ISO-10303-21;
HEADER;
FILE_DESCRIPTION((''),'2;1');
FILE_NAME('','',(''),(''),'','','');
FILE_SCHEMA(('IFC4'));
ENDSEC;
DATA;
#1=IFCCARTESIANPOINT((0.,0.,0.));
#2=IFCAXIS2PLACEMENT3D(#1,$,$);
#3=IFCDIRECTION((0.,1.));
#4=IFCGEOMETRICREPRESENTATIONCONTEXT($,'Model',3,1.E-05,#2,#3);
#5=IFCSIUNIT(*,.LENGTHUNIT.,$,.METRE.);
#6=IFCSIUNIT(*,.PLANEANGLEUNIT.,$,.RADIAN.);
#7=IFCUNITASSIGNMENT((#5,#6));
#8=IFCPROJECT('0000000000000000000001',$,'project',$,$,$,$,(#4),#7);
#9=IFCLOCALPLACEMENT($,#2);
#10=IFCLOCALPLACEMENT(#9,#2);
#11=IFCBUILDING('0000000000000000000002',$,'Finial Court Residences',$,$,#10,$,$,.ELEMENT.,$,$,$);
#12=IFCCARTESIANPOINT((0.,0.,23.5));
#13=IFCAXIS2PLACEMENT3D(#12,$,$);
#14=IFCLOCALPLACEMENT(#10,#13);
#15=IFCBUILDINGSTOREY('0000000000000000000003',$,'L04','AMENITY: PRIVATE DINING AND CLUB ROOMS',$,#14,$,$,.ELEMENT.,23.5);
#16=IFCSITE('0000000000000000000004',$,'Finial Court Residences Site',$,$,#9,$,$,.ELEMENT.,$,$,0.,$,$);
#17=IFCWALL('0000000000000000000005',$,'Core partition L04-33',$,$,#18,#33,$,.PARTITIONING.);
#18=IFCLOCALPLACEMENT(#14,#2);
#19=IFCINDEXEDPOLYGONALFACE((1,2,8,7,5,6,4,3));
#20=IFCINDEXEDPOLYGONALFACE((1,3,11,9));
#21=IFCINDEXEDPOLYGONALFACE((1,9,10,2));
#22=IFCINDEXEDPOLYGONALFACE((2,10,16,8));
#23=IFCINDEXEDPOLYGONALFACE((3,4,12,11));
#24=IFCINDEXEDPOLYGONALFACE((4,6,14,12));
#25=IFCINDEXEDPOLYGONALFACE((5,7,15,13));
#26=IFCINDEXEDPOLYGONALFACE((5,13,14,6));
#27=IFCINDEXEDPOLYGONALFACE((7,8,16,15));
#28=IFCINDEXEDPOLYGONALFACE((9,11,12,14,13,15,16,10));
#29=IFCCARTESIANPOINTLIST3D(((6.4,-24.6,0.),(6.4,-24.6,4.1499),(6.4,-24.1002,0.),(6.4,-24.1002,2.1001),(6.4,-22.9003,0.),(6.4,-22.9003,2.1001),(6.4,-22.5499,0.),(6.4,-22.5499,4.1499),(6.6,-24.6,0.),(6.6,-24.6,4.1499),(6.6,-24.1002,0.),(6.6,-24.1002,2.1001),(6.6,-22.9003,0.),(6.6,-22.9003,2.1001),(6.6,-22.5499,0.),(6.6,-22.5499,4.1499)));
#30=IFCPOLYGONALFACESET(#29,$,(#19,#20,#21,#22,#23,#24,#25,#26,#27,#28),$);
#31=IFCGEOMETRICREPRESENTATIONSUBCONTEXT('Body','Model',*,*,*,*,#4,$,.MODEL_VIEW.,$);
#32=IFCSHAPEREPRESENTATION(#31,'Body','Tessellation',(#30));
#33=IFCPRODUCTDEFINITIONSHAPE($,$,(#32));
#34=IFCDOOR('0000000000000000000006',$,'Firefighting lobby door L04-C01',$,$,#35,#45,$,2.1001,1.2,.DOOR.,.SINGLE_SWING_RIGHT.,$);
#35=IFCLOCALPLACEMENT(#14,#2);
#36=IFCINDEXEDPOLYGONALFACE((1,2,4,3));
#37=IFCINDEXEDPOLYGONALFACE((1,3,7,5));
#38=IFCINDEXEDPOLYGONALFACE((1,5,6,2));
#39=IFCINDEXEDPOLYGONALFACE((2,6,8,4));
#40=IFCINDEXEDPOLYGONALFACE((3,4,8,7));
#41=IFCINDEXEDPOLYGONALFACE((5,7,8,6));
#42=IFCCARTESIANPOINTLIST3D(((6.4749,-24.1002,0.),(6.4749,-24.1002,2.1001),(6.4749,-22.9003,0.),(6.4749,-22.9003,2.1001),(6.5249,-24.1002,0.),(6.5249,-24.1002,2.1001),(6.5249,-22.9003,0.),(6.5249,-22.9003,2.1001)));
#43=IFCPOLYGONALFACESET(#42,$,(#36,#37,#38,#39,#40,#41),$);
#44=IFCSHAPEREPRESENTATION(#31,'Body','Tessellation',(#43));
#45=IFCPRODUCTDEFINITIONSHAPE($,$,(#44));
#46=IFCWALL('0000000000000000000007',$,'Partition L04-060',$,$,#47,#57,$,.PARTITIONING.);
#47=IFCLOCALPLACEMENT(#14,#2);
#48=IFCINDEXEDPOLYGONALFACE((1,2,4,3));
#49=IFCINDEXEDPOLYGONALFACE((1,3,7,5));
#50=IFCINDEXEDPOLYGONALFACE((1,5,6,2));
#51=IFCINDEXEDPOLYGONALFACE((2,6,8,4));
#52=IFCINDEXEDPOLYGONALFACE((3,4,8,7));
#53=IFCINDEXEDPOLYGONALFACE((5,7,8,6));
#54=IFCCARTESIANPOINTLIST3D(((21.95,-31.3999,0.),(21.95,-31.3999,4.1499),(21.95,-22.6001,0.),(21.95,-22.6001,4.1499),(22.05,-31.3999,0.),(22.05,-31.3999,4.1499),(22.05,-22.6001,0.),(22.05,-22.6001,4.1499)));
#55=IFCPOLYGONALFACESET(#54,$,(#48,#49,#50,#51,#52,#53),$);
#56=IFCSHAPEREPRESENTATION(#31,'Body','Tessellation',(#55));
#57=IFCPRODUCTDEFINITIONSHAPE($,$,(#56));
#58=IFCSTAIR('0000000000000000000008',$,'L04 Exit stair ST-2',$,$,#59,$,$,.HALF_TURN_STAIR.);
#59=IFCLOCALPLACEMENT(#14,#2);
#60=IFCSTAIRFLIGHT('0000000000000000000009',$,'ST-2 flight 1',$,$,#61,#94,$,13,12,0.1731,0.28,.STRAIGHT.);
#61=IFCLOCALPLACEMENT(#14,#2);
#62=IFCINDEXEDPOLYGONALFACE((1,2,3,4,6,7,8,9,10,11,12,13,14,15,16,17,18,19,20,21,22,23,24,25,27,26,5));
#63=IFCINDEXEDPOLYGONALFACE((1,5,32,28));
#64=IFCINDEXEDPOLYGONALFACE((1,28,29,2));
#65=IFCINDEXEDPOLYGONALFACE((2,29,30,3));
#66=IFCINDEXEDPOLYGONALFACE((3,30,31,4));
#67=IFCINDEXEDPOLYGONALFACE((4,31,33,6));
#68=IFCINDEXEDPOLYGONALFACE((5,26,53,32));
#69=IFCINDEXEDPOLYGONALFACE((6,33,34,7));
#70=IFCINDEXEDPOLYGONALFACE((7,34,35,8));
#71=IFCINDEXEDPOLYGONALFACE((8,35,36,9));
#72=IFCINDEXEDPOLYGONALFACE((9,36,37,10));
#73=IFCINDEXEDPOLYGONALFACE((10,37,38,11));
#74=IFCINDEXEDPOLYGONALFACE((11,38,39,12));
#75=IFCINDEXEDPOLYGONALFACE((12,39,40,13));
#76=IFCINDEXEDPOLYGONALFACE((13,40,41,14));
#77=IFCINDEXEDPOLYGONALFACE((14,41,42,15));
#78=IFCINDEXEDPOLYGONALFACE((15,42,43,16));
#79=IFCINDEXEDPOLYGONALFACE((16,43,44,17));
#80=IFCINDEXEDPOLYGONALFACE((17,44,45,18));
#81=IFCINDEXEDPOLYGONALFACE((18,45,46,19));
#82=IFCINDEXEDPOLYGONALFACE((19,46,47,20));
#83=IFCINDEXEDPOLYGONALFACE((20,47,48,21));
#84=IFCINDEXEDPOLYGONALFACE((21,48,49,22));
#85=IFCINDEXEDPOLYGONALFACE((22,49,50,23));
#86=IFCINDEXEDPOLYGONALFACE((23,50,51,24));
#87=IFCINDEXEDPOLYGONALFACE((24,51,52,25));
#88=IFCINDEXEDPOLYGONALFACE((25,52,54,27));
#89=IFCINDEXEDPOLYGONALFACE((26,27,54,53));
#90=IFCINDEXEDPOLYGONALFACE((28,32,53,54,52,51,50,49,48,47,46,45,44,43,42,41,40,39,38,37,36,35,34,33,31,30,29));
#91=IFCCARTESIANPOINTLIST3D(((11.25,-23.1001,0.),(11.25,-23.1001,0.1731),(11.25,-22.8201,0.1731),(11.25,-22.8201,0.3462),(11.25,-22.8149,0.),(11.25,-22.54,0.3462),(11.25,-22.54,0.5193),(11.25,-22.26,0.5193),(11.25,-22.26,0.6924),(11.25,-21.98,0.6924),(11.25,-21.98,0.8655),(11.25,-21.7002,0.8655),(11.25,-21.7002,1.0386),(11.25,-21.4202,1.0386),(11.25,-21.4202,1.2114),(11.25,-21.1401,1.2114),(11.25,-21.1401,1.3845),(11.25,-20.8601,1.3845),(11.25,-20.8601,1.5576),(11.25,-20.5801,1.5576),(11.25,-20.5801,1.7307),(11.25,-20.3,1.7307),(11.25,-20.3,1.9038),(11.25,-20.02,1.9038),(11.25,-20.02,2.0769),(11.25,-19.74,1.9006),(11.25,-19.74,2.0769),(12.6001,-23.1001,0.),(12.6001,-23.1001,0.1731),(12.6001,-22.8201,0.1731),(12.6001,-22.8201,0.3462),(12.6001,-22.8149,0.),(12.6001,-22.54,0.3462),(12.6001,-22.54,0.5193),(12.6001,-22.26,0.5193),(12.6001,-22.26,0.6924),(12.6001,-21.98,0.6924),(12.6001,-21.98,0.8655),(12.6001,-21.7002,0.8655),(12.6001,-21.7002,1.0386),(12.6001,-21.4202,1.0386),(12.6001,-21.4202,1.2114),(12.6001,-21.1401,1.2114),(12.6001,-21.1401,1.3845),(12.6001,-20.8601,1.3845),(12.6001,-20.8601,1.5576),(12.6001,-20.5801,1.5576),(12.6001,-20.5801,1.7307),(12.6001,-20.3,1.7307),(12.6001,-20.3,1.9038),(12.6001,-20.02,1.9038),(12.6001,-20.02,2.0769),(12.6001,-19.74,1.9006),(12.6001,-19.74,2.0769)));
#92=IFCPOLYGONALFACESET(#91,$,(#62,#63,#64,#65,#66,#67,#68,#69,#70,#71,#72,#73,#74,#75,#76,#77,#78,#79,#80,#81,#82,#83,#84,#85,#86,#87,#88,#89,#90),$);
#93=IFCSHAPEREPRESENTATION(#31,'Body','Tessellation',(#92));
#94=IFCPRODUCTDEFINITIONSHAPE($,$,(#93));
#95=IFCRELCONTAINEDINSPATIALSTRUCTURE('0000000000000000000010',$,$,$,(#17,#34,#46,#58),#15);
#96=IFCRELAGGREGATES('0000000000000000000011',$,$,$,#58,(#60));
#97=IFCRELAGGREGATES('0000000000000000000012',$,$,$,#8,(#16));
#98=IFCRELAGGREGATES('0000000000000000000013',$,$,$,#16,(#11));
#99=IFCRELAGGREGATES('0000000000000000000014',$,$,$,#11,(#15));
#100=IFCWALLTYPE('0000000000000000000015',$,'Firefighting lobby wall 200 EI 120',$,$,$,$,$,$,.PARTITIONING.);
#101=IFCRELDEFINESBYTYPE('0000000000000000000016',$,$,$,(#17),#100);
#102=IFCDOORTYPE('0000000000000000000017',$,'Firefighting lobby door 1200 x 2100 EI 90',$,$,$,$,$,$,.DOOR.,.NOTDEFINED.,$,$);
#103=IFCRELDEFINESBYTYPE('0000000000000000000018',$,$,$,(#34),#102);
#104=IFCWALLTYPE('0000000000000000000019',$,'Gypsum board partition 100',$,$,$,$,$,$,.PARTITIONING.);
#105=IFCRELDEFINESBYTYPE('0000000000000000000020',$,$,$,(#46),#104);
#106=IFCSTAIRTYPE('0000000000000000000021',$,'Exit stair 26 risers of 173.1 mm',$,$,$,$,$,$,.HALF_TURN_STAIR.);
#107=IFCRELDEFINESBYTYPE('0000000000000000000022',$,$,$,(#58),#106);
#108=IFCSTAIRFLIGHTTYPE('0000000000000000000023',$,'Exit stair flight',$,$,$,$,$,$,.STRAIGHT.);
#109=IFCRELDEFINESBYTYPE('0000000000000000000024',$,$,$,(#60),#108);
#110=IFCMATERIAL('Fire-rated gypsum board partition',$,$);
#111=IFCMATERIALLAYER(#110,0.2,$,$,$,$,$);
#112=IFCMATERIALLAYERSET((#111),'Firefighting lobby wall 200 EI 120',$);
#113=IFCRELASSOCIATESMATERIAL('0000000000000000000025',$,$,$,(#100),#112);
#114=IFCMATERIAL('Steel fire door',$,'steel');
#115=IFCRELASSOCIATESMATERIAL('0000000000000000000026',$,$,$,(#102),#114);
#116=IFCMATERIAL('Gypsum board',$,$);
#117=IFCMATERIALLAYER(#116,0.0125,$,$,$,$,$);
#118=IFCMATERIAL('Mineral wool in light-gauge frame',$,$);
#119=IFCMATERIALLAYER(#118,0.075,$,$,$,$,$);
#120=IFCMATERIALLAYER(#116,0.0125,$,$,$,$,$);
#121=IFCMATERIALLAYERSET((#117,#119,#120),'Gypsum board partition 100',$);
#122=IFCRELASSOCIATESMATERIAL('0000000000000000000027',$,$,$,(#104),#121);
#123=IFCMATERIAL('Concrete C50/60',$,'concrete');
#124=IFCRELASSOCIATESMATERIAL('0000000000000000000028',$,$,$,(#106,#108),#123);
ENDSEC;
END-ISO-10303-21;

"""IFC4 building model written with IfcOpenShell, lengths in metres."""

from ifc_helpers import new_model, si_unit, direction, frame, frame_2d, origin, place, context, subcontext, project, spatial, polyline, rectangle, outline, extrude, material, layer, layer_set, type_object, element, fill, aggregate, save


model = new_model("IFC4")

# Units and contexts
model_context = context("Model", 3, precision=1e-05, world=origin(), true_north=direction((0.0, 1.0)))
body_context = subcontext(model_context, "Body", "Model", "MODEL_VIEW")
ifc_project = project(units=[si_unit("LENGTHUNIT", "METRE"), si_unit("PLANEANGLEUNIT", "RADIAN")], contexts=[model_context])

# Site, building, storey
site_placement = place(None, origin())
site = spatial("IfcSite", under=ifc_project, at=site_placement, Name="Finial Court Residences Site", CompositionType="ELEMENT", RefElevation=0.0)
building_placement = place(site_placement, origin())
building = spatial("IfcBuilding", under=site, at=building_placement, Name="Finial Court Residences", CompositionType="ELEMENT")
storey_placement = place(building_placement, frame((0.0, 0.0, 23.5)))
storey = spatial("IfcBuildingStorey", under=building, at=storey_placement, Name="L04", Description="AMENITY: PRIVATE DINING AND CLUB ROOMS", CompositionType="ELEMENT", Elevation=23.5)

# Shared definitions
ifc_material_1 = material(Name="Concrete C50/60", Category="concrete")

# Shared definitions
ifc_material_2 = material(Name="Steel fire door", Category="steel")

# Shared definitions
ifc_material_3 = material(Name="Gypsum board")

# Wall, opening, door
ifc_material_4 = material(Name="Fire-rated gypsum board partition")
ifc_layer_1 = layer(ifc_material_4, 0.2)
ifc_layer_set_1 = layer_set([ifc_layer_1], Name="Firefighting lobby wall 200 EI 120")
wall_type_1 = type_object("IfcWallType", Name="Firefighting lobby wall 200 EI 120", PredefinedType="PARTITIONING", material=ifc_layer_set_1)
wall_1_placement = place(storey_placement, frame((6.5, -22.55, 0.0), z_axis=(0.0, 0.0, 1.0), x_axis=(0.0, -1.0, 0.0)))
wall_1 = element("IfcWall", 1, at=wall_1_placement, inside=storey, type_object=wall_type_1, Name="Core partition L04-33", PredefinedType="PARTITIONING", context=body_context, shape_type="SweptSolid", body=[
    extrude(rectangle(XDim=2.05, YDim=0.2, at=frame_2d((1.0249, 0.0))), origin(), (0.0, 0.0, 1.0), 4.1499),
])
opening_1_placement = place(wall_1_placement, frame((0.3501, 0.0, 0.0)))
opening_1 = element("IfcOpeningElement", 2, at=opening_1_placement, cuts=wall_1, PredefinedType="OPENING", context=body_context, shape_type="SweptSolid", body=[
    extrude(rectangle(XDim=1.2, YDim=2.1001, at=frame_2d((0.6001, 1.05))), frame((0.0, 0.1099, 0.0), z_axis=(0.0, -1.0, 0.0), x_axis=(1.0, 0.0, 0.0)), (0.0, 0.0, 1.0), 0.22),
])
door_type_1 = type_object("IfcDoorType", Name="Firefighting lobby door 1200 x 2100 EI 90", OperationType="NOTDEFINED", PredefinedType="DOOR", material=ifc_material_2)
door_1_placement = place(opening_1_placement, origin())
door_1 = element("IfcDoor", 3, at=door_1_placement, inside=storey, type_object=door_type_1, Name="Firefighting lobby door L04-C01", OperationType="SINGLE_SWING_RIGHT", OverallHeight=2.1001, OverallWidth=1.2, PredefinedType="DOOR", context=body_context, shape_type="SweptSolid", body=[
    extrude(rectangle(XDim=1.2, YDim=2.1001, at=frame_2d((0.6001, 1.05))), frame((0.0, 0.0249, 0.0), z_axis=(0.0, -1.0, 0.0), x_axis=(1.0, 0.0, 0.0)), (0.0, 0.0, 1.0), 0.05),
])
fill(opening_1, door_1)

# Wall
ifc_layer_2 = layer(ifc_material_3, 0.0125)
ifc_material_5 = material(Name="Mineral wool in light-gauge frame")
ifc_layer_3 = layer(ifc_material_5, 0.075)
ifc_layer_4 = layer(ifc_material_3, 0.0125)
ifc_layer_set_2 = layer_set([ifc_layer_2, ifc_layer_3, ifc_layer_4], Name="Gypsum board partition 100")
wall_type_2 = type_object("IfcWallType", Name="Gypsum board partition 100", PredefinedType="PARTITIONING", material=ifc_layer_set_2)
wall_2_placement = place(storey_placement, frame((22.0, -31.3999, 0.0), z_axis=(0.0, 0.0, 1.0), x_axis=(0.0, 1.0, 0.0)))
element("IfcWall", 4, at=wall_2_placement, inside=storey, type_object=wall_type_2, Name="Partition L04-060", PredefinedType="PARTITIONING", context=body_context, shape_type="SweptSolid", body=[
    extrude(rectangle(XDim=8.7998, YDim=0.1001, at=frame_2d((4.3999, 0.0))), origin(), (0.0, 0.0, 1.0), 4.1499),
])

# Stair, stair flight
stair_type = type_object("IfcStairType", Name="Exit stair 26 risers of 173.1 mm", PredefinedType="HALF_TURN_STAIR", material=ifc_material_1)
stair_placement = place(storey_placement, origin())
stair = element("IfcStair", 5, at=stair_placement, inside=storey, type_object=stair_type, Name="L04 Exit stair ST-2", PredefinedType="HALF_TURN_STAIR")
stair_flight_type = type_object("IfcStairFlightType", Name="Exit stair flight", PredefinedType="STRAIGHT", material=ifc_material_1)
stair_flight_placement = place(storey_placement, frame((11.925, -23.1001, 0.0), z_axis=(0.0, 0.0, 1.0), x_axis=(0.0, 1.0, 0.0)))
stair_flight = element("IfcStairFlight", 6, at=stair_flight_placement, type_object=stair_flight_type, Name="ST-2 flight 1", NumberOfRisers=13, NumberOfTreads=12, PredefinedType="STRAIGHT", RiserHeight=0.1731, TreadLength=0.28, context=body_context, shape_type="SweptSolid", body=[
    extrude(outline(polyline([(0.0, 0.0), (0.0, 0.1731), (0.28, 0.1731), (0.28, 0.3462), (0.5601, 0.3462), (0.5601, 0.5193), (0.8401, 0.5193), (0.8401, 0.6924), (1.1201, 0.6924), (1.1201, 0.8655), (1.3999, 0.8655), (1.3999, 1.0386), (1.6799, 1.0386), (1.6799, 1.2114), (1.96, 1.2114), (1.96, 1.3845), (2.24, 1.3845), (2.24, 1.5576), (2.52, 1.5576), (2.52, 1.7307), (2.8, 1.7307), (2.8, 1.9038), (3.0801, 1.9038), (3.0801, 2.0769), (3.3601, 2.0769), (3.3601, 2.25), (3.3601, 1.9006), (0.2852, 0.0), (0.0, 0.0)])), frame((0.0, 0.675, 0.0), z_axis=(0.0, -1.0, 0.0), x_axis=(1.0, 0.0, 0.0)), (0.0, 0.0, 1.0), 1.3501),
])
aggregate(stair, [stair_flight])

save(model, "model.ifc")
